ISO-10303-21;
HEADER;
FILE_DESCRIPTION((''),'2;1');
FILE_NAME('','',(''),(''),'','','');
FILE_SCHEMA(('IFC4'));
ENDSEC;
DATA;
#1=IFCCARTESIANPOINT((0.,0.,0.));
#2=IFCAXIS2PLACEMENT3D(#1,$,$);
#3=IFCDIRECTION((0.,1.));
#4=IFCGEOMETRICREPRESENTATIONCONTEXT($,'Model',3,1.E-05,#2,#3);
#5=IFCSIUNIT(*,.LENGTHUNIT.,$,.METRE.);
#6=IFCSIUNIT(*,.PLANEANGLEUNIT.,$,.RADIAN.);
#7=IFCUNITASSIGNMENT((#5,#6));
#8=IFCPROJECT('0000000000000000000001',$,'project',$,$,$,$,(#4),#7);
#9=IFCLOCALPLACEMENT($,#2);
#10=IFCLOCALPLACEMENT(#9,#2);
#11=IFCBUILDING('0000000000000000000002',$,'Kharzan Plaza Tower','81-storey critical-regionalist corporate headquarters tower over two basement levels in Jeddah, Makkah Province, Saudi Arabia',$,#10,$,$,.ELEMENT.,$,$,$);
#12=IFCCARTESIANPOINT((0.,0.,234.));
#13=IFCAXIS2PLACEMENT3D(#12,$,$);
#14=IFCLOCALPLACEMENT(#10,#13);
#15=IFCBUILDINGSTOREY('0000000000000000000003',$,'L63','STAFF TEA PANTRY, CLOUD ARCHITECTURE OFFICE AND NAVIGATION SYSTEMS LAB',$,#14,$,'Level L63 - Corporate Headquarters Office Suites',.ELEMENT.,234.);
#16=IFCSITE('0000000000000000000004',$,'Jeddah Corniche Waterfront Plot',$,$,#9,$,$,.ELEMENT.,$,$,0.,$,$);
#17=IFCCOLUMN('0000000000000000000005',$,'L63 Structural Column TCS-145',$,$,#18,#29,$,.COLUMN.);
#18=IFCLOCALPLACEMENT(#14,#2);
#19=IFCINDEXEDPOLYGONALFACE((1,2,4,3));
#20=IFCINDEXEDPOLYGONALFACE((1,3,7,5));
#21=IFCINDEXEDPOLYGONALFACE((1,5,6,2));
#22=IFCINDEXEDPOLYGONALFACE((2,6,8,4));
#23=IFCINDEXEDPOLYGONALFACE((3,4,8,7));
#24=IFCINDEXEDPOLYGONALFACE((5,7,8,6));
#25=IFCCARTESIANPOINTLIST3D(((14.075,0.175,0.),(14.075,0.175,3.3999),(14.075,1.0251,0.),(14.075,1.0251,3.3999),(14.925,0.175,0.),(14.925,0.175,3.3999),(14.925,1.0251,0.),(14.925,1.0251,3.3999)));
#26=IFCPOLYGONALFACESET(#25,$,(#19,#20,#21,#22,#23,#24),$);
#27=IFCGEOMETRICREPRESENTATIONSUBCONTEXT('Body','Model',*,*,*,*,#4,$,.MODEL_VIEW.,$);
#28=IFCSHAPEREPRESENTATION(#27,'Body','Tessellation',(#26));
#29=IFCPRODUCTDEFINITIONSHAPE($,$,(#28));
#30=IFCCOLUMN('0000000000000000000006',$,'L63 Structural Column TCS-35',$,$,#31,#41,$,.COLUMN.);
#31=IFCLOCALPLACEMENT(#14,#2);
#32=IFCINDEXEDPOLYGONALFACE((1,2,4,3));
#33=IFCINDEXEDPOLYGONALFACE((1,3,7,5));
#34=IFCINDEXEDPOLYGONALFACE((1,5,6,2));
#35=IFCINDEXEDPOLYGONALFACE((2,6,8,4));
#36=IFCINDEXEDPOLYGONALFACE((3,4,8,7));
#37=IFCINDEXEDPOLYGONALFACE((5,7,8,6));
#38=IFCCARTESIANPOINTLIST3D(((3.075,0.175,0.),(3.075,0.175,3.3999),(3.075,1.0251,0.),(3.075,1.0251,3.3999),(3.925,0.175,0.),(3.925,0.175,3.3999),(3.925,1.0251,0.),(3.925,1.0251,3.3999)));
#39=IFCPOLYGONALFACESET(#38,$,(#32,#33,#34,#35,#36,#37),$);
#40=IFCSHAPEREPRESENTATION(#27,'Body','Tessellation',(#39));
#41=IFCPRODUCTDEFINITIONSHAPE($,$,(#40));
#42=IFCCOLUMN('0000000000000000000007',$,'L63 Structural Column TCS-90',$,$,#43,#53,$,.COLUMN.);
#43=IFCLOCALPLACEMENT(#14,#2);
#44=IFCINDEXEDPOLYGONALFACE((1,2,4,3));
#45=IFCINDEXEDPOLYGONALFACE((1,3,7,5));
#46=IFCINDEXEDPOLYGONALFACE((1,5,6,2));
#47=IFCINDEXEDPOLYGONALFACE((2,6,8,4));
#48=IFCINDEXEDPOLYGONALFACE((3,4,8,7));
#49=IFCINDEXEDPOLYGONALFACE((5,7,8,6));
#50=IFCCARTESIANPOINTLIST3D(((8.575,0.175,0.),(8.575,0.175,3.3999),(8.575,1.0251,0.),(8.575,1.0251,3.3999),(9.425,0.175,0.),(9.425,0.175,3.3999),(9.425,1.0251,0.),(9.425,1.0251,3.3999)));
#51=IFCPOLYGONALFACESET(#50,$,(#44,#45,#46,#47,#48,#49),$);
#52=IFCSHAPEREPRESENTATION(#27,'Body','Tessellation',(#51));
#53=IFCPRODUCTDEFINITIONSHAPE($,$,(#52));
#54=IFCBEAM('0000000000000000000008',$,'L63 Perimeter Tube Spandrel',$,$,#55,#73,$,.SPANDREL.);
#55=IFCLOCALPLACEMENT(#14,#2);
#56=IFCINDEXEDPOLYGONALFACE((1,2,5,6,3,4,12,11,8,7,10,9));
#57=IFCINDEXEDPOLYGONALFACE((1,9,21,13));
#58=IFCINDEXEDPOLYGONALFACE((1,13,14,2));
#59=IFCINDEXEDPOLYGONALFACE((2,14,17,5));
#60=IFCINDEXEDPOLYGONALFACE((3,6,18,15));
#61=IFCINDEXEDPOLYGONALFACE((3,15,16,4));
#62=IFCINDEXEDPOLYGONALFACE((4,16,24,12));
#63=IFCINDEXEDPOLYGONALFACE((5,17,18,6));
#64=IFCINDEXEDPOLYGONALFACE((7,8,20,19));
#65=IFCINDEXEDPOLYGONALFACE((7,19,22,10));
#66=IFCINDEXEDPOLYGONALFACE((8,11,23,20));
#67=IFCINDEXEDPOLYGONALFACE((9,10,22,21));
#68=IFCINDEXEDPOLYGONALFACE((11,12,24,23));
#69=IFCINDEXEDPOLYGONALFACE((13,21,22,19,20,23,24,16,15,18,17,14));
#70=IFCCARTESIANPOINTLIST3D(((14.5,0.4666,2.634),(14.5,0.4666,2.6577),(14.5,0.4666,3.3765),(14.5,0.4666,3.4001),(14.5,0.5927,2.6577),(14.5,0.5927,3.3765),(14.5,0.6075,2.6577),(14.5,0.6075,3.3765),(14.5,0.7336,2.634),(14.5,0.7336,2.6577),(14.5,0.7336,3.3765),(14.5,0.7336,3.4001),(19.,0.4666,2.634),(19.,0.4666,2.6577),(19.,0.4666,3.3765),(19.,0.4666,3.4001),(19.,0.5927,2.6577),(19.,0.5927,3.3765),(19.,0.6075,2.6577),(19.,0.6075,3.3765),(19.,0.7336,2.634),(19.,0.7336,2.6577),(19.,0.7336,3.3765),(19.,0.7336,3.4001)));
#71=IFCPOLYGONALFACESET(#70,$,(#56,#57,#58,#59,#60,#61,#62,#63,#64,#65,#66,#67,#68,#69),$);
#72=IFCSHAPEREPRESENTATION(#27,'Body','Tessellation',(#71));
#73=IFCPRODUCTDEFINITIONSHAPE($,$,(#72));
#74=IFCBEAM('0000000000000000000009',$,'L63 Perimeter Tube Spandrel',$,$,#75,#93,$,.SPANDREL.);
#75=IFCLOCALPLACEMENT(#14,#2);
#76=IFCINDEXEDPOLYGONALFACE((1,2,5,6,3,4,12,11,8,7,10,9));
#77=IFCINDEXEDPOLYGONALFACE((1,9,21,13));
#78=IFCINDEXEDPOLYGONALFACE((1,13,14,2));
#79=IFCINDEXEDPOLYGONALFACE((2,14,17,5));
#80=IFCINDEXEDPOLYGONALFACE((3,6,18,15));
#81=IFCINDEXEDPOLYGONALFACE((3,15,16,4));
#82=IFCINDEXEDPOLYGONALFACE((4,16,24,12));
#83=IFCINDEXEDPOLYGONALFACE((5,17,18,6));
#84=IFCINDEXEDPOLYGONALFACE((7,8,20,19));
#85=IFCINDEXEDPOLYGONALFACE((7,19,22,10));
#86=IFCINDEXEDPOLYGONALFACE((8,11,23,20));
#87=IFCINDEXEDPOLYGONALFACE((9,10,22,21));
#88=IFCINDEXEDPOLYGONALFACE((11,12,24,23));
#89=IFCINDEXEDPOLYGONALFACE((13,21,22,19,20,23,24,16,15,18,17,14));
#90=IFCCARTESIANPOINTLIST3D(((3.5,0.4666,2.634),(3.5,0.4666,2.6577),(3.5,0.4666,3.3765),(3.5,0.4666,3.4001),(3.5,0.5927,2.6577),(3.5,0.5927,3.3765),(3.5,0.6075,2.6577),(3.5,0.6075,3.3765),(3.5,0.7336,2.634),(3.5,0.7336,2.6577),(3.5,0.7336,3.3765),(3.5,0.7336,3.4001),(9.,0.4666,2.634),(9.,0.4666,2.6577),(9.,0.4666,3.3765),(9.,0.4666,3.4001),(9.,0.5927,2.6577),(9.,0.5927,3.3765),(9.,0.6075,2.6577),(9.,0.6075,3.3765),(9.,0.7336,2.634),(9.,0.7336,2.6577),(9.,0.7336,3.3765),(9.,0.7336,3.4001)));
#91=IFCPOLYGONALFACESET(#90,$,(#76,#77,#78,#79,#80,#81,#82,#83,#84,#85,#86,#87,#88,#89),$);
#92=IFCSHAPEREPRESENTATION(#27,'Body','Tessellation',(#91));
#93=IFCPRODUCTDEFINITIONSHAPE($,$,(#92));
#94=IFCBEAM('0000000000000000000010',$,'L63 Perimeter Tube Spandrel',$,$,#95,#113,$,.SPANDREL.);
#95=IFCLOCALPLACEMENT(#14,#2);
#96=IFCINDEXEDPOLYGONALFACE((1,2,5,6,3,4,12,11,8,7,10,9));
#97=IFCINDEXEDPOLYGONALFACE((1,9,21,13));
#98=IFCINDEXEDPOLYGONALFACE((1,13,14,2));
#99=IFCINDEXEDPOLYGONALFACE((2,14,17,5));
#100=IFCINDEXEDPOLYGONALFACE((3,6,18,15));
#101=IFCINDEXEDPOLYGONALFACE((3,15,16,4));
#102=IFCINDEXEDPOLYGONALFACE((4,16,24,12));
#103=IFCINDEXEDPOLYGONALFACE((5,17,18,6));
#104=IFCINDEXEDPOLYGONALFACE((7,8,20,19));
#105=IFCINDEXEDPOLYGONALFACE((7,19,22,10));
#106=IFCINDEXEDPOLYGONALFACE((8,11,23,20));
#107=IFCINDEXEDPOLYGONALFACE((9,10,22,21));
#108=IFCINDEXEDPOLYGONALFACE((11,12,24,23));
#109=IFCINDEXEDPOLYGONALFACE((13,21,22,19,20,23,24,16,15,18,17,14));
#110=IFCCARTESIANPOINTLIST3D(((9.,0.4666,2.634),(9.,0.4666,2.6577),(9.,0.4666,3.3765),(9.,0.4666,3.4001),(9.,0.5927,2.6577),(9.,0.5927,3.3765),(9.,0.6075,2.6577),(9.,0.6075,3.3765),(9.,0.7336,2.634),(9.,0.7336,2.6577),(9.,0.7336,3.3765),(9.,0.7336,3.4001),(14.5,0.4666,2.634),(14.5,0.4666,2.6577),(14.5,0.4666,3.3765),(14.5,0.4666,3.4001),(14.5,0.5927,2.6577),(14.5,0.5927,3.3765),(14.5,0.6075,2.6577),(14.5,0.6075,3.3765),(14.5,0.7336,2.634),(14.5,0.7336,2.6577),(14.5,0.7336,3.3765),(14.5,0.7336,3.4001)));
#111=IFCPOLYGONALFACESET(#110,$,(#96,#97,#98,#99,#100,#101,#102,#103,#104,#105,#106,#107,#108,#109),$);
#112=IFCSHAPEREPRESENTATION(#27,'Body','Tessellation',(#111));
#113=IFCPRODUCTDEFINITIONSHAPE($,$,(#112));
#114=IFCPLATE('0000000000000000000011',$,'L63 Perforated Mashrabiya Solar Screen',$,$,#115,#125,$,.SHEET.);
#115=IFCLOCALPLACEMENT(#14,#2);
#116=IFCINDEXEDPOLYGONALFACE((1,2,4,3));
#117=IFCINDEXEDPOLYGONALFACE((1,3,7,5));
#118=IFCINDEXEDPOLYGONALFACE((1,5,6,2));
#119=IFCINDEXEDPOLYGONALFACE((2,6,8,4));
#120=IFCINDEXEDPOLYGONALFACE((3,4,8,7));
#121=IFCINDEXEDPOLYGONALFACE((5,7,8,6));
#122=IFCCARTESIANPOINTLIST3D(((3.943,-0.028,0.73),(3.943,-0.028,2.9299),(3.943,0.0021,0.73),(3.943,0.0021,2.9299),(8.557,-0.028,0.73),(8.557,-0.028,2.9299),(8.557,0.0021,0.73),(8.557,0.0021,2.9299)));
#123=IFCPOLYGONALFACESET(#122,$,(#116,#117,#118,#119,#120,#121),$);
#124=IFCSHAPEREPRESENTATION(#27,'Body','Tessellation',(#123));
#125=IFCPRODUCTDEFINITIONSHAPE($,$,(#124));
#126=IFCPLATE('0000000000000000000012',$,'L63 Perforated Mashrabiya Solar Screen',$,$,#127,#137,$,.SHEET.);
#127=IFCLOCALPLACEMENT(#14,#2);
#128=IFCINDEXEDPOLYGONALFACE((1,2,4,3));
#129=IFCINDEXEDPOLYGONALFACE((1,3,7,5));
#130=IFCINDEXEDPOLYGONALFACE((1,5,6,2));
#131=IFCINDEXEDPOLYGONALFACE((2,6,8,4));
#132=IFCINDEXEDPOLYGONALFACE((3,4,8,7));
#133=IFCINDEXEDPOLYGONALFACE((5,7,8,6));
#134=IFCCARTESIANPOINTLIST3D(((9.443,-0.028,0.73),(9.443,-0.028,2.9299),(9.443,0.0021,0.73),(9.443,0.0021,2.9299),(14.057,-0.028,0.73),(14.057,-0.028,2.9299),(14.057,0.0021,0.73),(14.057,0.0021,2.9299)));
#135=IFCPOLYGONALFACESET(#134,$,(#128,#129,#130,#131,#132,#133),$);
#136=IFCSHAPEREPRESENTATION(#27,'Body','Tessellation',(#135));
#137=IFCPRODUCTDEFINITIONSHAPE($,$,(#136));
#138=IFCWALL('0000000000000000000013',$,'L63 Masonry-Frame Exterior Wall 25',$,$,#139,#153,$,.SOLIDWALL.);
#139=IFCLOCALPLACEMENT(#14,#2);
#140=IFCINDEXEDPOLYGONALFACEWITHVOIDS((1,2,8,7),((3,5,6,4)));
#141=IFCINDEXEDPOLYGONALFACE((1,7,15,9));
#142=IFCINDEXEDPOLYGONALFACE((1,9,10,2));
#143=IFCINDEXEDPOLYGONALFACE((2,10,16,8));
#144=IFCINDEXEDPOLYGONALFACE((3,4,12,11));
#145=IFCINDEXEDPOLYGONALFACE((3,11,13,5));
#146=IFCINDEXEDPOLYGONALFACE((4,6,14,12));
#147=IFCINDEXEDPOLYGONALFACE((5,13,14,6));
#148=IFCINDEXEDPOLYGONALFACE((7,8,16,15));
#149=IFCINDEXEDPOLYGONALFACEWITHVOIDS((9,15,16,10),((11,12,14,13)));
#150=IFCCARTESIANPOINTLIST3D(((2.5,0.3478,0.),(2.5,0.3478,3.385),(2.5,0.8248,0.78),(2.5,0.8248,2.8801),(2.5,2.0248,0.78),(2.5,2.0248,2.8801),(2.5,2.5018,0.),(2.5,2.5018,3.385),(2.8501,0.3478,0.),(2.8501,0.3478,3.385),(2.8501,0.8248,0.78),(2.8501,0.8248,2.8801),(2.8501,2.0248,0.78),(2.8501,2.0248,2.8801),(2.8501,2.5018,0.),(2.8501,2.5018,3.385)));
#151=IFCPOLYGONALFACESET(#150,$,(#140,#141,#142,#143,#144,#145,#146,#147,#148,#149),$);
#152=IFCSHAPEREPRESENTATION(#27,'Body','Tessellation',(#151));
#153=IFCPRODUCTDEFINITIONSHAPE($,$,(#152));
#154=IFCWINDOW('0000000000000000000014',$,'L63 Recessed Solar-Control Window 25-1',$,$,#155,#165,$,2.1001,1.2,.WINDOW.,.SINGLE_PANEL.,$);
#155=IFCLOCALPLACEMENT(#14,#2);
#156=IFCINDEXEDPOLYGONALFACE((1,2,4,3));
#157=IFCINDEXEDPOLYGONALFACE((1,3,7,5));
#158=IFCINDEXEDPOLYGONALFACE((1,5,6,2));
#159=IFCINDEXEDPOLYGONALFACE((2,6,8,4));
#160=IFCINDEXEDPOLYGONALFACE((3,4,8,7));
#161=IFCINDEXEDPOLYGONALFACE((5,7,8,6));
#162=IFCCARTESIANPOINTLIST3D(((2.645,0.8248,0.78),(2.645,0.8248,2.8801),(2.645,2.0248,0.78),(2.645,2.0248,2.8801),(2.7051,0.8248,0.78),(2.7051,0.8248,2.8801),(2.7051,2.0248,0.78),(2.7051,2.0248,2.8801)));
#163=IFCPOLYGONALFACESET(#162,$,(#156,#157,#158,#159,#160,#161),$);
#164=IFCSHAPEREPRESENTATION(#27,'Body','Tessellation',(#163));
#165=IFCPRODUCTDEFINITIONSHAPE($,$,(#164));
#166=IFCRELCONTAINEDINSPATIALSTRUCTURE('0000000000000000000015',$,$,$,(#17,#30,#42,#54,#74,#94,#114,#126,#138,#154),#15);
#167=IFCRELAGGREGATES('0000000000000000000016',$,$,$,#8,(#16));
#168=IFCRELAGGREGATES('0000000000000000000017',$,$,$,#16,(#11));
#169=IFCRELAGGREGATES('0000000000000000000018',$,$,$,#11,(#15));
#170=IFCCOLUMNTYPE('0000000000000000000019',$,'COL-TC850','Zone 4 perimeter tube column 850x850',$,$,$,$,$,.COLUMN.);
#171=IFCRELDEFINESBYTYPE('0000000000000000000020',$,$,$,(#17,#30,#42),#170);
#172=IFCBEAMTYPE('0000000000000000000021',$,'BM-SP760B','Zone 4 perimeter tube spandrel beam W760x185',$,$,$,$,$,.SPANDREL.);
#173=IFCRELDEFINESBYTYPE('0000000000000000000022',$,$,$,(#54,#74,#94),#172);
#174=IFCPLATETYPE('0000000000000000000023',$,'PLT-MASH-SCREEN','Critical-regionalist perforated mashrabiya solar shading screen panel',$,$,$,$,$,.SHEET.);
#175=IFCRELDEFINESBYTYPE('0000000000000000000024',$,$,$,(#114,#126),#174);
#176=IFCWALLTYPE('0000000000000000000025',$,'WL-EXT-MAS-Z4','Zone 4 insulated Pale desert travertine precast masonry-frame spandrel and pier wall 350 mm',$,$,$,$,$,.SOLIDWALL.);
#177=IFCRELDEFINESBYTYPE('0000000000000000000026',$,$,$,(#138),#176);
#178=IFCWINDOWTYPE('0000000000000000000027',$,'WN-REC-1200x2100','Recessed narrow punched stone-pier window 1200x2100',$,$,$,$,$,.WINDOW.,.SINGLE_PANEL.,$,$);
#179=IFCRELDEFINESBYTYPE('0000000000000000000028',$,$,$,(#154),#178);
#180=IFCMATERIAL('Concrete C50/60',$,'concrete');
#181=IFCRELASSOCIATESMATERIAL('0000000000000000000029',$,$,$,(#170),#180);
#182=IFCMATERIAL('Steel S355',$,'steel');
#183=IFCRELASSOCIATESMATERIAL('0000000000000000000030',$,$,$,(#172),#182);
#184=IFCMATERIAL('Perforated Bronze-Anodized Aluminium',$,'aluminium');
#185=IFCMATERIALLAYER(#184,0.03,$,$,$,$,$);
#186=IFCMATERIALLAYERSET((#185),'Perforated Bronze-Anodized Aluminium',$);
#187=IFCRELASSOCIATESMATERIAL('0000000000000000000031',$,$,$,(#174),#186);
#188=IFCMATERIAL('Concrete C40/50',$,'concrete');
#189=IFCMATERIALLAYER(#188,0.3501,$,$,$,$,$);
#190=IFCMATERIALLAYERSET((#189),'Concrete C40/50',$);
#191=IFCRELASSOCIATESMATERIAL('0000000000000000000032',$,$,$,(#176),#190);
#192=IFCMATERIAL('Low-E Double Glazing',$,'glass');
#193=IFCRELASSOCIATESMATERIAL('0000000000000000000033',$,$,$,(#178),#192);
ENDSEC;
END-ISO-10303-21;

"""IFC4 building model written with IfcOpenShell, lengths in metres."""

from ifc_helpers import new_model, si_unit, direction, frame, frame_2d, origin, origin_2d, place, context, subcontext, project, spatial, rectangle, i_section, extrude, source, transform, mapped, material, layer, layer_set, material_profile, profile_set, type_object, element, fill, save


model = new_model("IFC4")

# Units and contexts
model_context = context("Model", 3, precision=1e-05, world=origin(), true_north=direction((0.0, 1.0)))
body_context = subcontext(model_context, "Body", "Model", "MODEL_VIEW")
ifc_project = project(units=[si_unit("LENGTHUNIT", "METRE"), si_unit("PLANEANGLEUNIT", "RADIAN")], contexts=[model_context])

# Site, building, storey
site_placement = place(None, origin())
site = spatial("IfcSite", under=ifc_project, at=site_placement, Name="Jeddah Corniche Waterfront Plot", CompositionType="ELEMENT", RefElevation=0.0)
building_placement = place(site_placement, origin())
building = spatial("IfcBuilding", under=site, at=building_placement, Name="Kharzan Plaza Tower", Description="81-storey critical-regionalist corporate headquarters tower over two basement levels in Jeddah, Makkah Province, Saudi Arabia", CompositionType="ELEMENT")
storey_placement = place(building_placement, frame((0.0, 0.0, 234.0)))
storey = spatial("IfcBuildingStorey", under=building, at=storey_placement, Name="L63", Description="STAFF TEA PANTRY, CLOUD ARCHITECTURE OFFICE AND NAVIGATION SYSTEMS LAB", LongName="Level L63 - Corporate Headquarters Office Suites", CompositionType="ELEMENT", Elevation=234.0)

# Columns
ifc_material_1 = material(Name="Concrete C50/60", Category="concrete")
ifc_material_profile_1 = material_profile(ifc_material_1, rectangle(XDim=0.8501, YDim=0.8501, at=origin_2d()), Name="RC-TC850x850")
ifc_profile_set_1 = profile_set([ifc_material_profile_1], Name="Concrete C50/60")
column_type = type_object("IfcColumnType", Name="COL-TC850", Description="Zone 4 perimeter tube column 850x850", PredefinedType="COLUMN", material=ifc_profile_set_1)
shared_shape_1 = source(origin(), body_context, "Body", "SweptSolid", [
    extrude(rectangle(XDim=0.8501, YDim=0.8501, at=origin_2d()), origin(), (0.0, 0.0, 1.0), 3.3999),
])
for number, where, z_axis, x_axis, name in (
    (1, (14.5, 0.6001, 0.0), (0.0, 0.0, 1.0), (1.0, 0.0, 0.0), "L63 Structural Column TCS-145"),
    (2, (3.5, 0.6001, 0.0), (0.0, 0.0, 1.0), (1.0, 0.0, 0.0), "L63 Structural Column TCS-35"),
    (3, (9.0, 0.6001, 0.0), (0.0, 0.0, 1.0), (1.0, 0.0, 0.0), "L63 Structural Column TCS-90"),
):
    element("IfcColumn", number, at=place(storey_placement, frame(where, z_axis=z_axis, x_axis=x_axis)), inside=storey, type_object=column_type, Name=name, PredefinedType="COLUMN", context=body_context, shape_type="MappedRepresentation", body=[
        mapped(shared_shape_1, transform((0.0, 0.0, 0.0), x_axis=(1.0, 0.0, 0.0), y_axis=(0.0, 1.0, 0.0), z_axis=(0.0, 0.0, 1.0))),
    ])

# Beams
ifc_material_2 = material(Name="Steel S355", Category="steel")
ifc_material_profile_2 = material_profile(ifc_material_2, i_section(OverallWidth=0.2671, OverallDepth=0.7661, WebThickness=0.0149, FlangeThickness=0.0237, at=origin_2d()), Name="W760x185")
ifc_profile_set_2 = profile_set([ifc_material_profile_2], Name="Steel S355")
beam_type = type_object("IfcBeamType", Name="BM-SP760B", Description="Zone 4 perimeter tube spandrel beam W760x185", PredefinedType="SPANDREL", material=ifc_profile_set_2)
shared_shape_2 = source(origin(), body_context, "Body", "SweptSolid", [
    extrude(i_section(OverallWidth=0.2671, OverallDepth=0.7661, WebThickness=0.0149, FlangeThickness=0.0237, at=origin_2d()), origin(), (0.0, 0.0, 1.0), 4.5),
])
beam_placement = place(storey_placement, frame((14.5, 0.6001, 3.0171), z_axis=(1.0, 0.0, 0.0), x_axis=(0.0, 1.0, 0.0)))
element("IfcBeam", 4, at=beam_placement, inside=storey, type_object=beam_type, Name="L63 Perimeter Tube Spandrel", PredefinedType="SPANDREL", context=body_context, shape_type="MappedRepresentation", body=[
    mapped(shared_shape_2, transform((0.0, 0.0, 0.0), x_axis=(1.0, 0.0, 0.0), y_axis=(0.0, 1.0, 0.0), z_axis=(0.0, 0.0, 1.0))),
])
shared_shape_3 = source(origin(), body_context, "Body", "SweptSolid", [
    extrude(i_section(OverallWidth=0.2671, OverallDepth=0.7661, WebThickness=0.0149, FlangeThickness=0.0237, at=origin_2d()), origin(), (0.0, 0.0, 1.0), 5.5),
])
for number, where, z_axis, x_axis, name in (
    (5, (3.5, 0.6001, 3.0171), (1.0, 0.0, 0.0), (0.0, 1.0, 0.0), "L63 Perimeter Tube Spandrel"),
    (6, (9.0, 0.6001, 3.0171), (1.0, 0.0, 0.0), (0.0, 1.0, 0.0), "L63 Perimeter Tube Spandrel"),
):
    element("IfcBeam", number, at=place(storey_placement, frame(where, z_axis=z_axis, x_axis=x_axis)), inside=storey, type_object=beam_type, Name=name, PredefinedType="SPANDREL", context=body_context, shape_type="MappedRepresentation", body=[
        mapped(shared_shape_3, transform((0.0, 0.0, 0.0), x_axis=(1.0, 0.0, 0.0), y_axis=(0.0, 1.0, 0.0), z_axis=(0.0, 0.0, 1.0))),
    ])

# Plates
ifc_material_3 = material(Name="Perforated Bronze-Anodized Aluminium", Category="aluminium")
ifc_layer_1 = layer(ifc_material_3, 0.03)
ifc_layer_set_1 = layer_set([ifc_layer_1], Name="Perforated Bronze-Anodized Aluminium")
plate_type = type_object("IfcPlateType", Name="PLT-MASH-SCREEN", Description="Critical-regionalist perforated mashrabiya solar shading screen panel", PredefinedType="SHEET", material=ifc_layer_set_1)
shared_shape_4 = source(origin(), body_context, "Body", "SweptSolid", [
    extrude(rectangle(XDim=4.614, YDim=0.03, at=origin_2d()), origin(), (0.0, 0.0, 1.0), 2.2),
])
for number, where, z_axis, x_axis, name in (
    (7, (6.25, -0.0129, 0.73), (0.0, 0.0, 1.0), (1.0, 0.0, 0.0), "L63 Perforated Mashrabiya Solar Screen"),
    (8, (11.75, -0.0129, 0.73), (0.0, 0.0, 1.0), (1.0, 0.0, 0.0), "L63 Perforated Mashrabiya Solar Screen"),
):
    element("IfcPlate", number, at=place(storey_placement, frame(where, z_axis=z_axis, x_axis=x_axis)), inside=storey, type_object=plate_type, Name=name, PredefinedType="SHEET", context=body_context, shape_type="MappedRepresentation", body=[
        mapped(shared_shape_4, transform((0.0, 0.0, 0.0), x_axis=(1.0, 0.0, 0.0), y_axis=(0.0, 1.0, 0.0), z_axis=(0.0, 0.0, 1.0))),
    ])

# Wall, opening, window
ifc_material_4 = material(Name="Concrete C40/50", Category="concrete")
ifc_layer_2 = layer(ifc_material_4, 0.3501)
ifc_layer_set_2 = layer_set([ifc_layer_2], Name="Concrete C40/50")
wall_type_1 = type_object("IfcWallType", Name="WL-EXT-MAS-Z4", Description="Zone 4 insulated Pale desert travertine precast masonry-frame spandrel and pier wall 350 mm", PredefinedType="SOLIDWALL", material=ifc_layer_set_2)
wall_1_placement = place(storey_placement, frame((2.675, 2.502, 0.0), z_axis=(0.0, 0.0, 1.0), x_axis=(0.0, -1.0, 0.0)))
wall_1 = element("IfcWall", 9, at=wall_1_placement, inside=storey, type_object=wall_type_1, Name="L63 Masonry-Frame Exterior Wall 25", PredefinedType="SOLIDWALL", context=body_context, shape_type="SweptSolid", body=[
    extrude(rectangle(XDim=2.1541, YDim=0.3501, at=frame_2d((1.0771, 0.0))), origin(), (0.0, 0.0, 1.0), 3.385),
])
opening_1_placement = place(wall_1_placement, frame((0.4771, 0.0, 0.78)))
opening_1 = element("IfcOpeningElement", 10, at=opening_1_placement, cuts=wall_1, PredefinedType="OPENING", context=body_context, shape_type="SweptSolid", body=[
    extrude(rectangle(XDim=1.2, YDim=2.1001, at=frame_2d((0.6001, 1.05))), frame((0.0, 0.1851, 0.0), z_axis=(0.0, -1.0, 0.0), x_axis=(1.0, 0.0, 0.0)), (0.0, 0.0, 1.0), 0.3701),
])
ifc_material_5 = material(Name="Low-E Double Glazing", Category="glass")
window_type_1 = type_object("IfcWindowType", Name="WN-REC-1200x2100", Description="Recessed narrow punched stone-pier window 1200x2100", PartitioningType="SINGLE_PANEL", PredefinedType="WINDOW", material=ifc_material_5)
shared_shape_5 = source(origin(), body_context, "Body", "SweptSolid", [
    extrude(rectangle(XDim=1.2, YDim=2.1001, at=frame_2d((0.6001, 1.05))), frame((0.0, 0.03, 0.0), z_axis=(0.0, -1.0, 0.0), x_axis=(1.0, 0.0, 0.0)), (0.0, 0.0, 1.0), 0.0601),
])
window_1_placement = place(opening_1_placement, origin())
window_1 = element("IfcWindow", 11, at=window_1_placement, inside=storey, type_object=window_type_1, Name="L63 Recessed Solar-Control Window 25-1", OverallHeight=2.1001, OverallWidth=1.2, PartitioningType="SINGLE_PANEL", PredefinedType="WINDOW", context=body_context, shape_type="MappedRepresentation", body=[
    mapped(shared_shape_5, transform((0.0, 0.0, 0.0), x_axis=(1.0, 0.0, 0.0), y_axis=(0.0, 1.0, 0.0), z_axis=(0.0, 0.0, 1.0))),
])
fill(opening_1, window_1)

save(model, "model.ifc")
